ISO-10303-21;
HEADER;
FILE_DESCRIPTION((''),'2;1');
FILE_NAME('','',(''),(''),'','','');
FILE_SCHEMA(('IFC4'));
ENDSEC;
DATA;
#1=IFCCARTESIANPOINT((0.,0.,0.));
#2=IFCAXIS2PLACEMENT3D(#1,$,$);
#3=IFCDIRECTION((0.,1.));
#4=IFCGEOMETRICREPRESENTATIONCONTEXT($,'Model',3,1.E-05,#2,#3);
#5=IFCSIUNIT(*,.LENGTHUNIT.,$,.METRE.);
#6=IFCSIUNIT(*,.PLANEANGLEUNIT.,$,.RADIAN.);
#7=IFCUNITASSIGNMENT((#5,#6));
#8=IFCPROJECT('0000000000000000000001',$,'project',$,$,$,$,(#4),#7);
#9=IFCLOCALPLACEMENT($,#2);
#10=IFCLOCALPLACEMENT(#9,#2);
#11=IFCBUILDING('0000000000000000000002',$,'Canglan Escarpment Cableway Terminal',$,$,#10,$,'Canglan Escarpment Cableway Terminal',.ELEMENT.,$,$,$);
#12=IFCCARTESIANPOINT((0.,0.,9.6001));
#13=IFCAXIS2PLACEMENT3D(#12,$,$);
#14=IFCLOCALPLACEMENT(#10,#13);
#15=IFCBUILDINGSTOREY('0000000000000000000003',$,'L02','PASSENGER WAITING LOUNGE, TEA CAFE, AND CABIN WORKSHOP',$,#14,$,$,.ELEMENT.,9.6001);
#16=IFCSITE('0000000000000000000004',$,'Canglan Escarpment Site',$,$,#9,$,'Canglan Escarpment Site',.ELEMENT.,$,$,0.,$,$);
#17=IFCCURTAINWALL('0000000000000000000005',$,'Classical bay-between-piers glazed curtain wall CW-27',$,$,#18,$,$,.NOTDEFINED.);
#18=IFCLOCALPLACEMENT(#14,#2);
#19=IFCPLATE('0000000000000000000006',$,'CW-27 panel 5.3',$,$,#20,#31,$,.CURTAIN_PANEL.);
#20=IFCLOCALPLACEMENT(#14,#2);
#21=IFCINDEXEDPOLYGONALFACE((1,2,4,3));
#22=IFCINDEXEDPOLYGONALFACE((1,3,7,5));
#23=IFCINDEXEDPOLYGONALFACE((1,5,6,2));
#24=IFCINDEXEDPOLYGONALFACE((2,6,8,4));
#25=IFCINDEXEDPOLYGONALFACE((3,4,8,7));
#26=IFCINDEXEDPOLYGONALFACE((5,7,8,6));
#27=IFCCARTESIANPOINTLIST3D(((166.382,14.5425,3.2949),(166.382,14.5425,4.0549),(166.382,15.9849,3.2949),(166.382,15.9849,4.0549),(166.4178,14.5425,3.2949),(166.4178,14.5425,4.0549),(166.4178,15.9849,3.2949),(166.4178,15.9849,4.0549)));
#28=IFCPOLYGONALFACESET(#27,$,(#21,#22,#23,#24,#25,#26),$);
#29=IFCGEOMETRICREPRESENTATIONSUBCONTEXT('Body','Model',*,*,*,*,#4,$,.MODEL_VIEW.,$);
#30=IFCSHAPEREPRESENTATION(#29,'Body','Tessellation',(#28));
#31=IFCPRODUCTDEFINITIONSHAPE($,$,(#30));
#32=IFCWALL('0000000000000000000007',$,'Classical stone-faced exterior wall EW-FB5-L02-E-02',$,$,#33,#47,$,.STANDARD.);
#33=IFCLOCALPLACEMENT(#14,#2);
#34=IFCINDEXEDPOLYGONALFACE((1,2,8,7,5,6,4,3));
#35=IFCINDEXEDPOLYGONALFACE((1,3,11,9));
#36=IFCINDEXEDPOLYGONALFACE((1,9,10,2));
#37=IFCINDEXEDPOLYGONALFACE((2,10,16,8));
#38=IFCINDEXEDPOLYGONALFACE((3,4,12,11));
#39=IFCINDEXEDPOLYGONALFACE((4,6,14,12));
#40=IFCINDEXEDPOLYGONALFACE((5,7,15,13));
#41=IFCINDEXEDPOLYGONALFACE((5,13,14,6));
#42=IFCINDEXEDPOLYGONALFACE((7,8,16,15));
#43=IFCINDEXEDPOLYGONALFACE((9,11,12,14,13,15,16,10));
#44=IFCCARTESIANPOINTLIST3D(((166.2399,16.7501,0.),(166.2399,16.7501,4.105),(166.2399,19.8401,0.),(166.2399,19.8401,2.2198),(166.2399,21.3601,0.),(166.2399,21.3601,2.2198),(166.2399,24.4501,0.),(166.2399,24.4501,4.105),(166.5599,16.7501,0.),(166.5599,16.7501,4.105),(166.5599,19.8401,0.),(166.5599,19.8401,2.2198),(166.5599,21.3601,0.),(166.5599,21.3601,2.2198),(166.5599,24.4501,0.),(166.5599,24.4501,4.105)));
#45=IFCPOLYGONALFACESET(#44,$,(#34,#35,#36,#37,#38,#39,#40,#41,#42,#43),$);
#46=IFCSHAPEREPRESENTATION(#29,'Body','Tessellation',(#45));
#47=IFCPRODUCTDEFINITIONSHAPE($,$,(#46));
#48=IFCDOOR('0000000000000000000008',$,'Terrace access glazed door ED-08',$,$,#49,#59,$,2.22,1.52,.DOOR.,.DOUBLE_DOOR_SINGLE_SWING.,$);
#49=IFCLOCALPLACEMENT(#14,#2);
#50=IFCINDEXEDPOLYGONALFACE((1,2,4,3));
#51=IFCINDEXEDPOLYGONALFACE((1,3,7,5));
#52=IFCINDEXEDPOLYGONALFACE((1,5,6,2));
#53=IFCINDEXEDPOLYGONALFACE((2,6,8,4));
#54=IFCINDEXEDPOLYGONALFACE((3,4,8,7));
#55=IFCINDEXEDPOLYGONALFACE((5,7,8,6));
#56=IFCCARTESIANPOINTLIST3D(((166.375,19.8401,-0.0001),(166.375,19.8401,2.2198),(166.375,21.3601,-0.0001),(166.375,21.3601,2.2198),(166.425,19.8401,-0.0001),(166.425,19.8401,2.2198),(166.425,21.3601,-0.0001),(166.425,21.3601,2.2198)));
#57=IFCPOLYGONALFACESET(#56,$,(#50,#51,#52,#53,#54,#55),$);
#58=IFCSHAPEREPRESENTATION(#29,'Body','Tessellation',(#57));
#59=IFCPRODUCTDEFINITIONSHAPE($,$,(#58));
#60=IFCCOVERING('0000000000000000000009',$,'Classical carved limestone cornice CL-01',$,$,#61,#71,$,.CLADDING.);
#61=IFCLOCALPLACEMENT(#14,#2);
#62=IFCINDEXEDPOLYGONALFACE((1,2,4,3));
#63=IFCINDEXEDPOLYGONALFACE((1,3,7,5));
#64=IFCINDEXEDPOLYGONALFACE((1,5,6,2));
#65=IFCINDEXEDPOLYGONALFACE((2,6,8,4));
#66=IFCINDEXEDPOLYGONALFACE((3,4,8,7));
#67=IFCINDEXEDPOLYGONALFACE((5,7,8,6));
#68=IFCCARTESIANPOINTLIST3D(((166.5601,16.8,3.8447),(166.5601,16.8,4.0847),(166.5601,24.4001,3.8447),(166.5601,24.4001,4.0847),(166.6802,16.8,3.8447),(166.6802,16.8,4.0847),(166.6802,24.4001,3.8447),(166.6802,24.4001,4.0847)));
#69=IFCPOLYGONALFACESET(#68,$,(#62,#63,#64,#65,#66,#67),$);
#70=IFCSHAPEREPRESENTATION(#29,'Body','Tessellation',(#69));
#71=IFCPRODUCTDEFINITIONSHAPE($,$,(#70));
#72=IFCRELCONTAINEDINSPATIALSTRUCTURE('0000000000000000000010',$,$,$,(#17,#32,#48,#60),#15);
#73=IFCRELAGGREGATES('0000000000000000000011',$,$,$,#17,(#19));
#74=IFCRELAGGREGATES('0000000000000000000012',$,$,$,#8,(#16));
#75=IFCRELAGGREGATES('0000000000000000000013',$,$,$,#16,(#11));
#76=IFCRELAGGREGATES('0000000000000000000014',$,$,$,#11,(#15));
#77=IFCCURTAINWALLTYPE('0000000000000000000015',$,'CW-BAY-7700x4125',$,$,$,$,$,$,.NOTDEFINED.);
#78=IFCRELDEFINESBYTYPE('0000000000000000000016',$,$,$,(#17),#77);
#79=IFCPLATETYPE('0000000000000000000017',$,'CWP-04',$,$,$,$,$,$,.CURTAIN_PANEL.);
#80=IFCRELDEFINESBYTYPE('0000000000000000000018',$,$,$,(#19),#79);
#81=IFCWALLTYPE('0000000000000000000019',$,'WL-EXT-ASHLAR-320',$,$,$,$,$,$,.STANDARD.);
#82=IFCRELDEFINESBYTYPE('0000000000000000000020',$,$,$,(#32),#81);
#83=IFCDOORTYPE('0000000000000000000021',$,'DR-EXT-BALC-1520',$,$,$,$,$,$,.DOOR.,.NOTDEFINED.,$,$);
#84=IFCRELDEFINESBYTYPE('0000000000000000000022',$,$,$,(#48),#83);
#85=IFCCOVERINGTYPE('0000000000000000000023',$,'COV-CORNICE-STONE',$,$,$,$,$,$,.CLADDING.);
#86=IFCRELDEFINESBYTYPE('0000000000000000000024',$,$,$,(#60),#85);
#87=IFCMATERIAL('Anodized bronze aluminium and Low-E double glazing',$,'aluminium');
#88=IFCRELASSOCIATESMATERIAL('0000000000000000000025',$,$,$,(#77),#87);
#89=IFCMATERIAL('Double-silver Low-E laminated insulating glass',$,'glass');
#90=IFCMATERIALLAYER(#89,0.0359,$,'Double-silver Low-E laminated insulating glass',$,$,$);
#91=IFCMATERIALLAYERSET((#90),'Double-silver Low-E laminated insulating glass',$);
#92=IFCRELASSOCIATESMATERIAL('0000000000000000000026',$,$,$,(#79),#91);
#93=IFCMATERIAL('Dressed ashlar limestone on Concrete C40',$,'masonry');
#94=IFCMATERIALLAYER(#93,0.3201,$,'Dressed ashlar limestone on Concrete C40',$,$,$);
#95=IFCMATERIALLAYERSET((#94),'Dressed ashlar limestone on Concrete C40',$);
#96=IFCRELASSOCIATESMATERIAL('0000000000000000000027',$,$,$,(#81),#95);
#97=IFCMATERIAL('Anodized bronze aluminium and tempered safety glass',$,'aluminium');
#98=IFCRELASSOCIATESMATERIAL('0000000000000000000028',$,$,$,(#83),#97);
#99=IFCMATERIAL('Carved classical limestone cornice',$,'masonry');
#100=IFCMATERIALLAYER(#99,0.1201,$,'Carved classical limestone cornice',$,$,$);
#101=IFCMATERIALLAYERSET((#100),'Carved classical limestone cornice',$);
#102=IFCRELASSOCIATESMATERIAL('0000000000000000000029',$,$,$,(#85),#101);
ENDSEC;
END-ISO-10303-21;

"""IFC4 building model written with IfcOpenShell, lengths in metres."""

from ifc_helpers import new_model, si_unit, direction, frame, frame_2d, origin, origin_2d, place, context, subcontext, project, spatial, rectangle, extrude, material, layer, layer_set, type_object, element, fill, aggregate, save


model = new_model("IFC4")

# Units and contexts
model_context = context("Model", 3, precision=1e-05, world=origin(), true_north=direction((0.0, 1.0)))
body_context = subcontext(model_context, "Body", "Model", "MODEL_VIEW")
ifc_project = project(units=[si_unit("LENGTHUNIT", "METRE"), si_unit("PLANEANGLEUNIT", "RADIAN")], contexts=[model_context])

# Site, building, storey
site_placement = place(None, origin())
site = spatial("IfcSite", under=ifc_project, at=site_placement, Name="Canglan Escarpment Site", LongName="Canglan Escarpment Site", CompositionType="ELEMENT", RefElevation=0.0)
building_placement = place(site_placement, origin())
building = spatial("IfcBuilding", under=site, at=building_placement, Name="Canglan Escarpment Cableway Terminal", LongName="Canglan Escarpment Cableway Terminal", CompositionType="ELEMENT")
storey_placement = place(building_placement, frame((0.0, 0.0, 9.6001)))
storey = spatial("IfcBuildingStorey", under=building, at=storey_placement, Name="L02", Description="PASSENGER WAITING LOUNGE, TEA CAFE, AND CABIN WORKSHOP", CompositionType="ELEMENT", Elevation=9.6001)

# Shared definitions
ifc_material_1 = material(Name="Anodized bronze aluminium and Low-E double glazing", Category="aluminium")

# Curtain wall
curtain_wall_type_1 = type_object("IfcCurtainWallType", Name="CW-BAY-7700x4125", PredefinedType="NOTDEFINED", material=ifc_material_1)
curtain_wall_1_placement = place(storey_placement, origin())
curtain_wall_1 = element("IfcCurtainWall", 1, at=curtain_wall_1_placement, inside=storey, type_object=curtain_wall_type_1, Name="Classical bay-between-piers glazed curtain wall CW-27", PredefinedType="NOTDEFINED")

# Plate
ifc_material_2 = material(Name="Double-silver Low-E laminated insulating glass", Category="glass")
ifc_layer_1 = layer(ifc_material_2, 0.0359, Name="Double-silver Low-E laminated insulating glass")
ifc_layer_set_1 = layer_set([ifc_layer_1], Name="Double-silver Low-E laminated insulating glass")
plate_type = type_object("IfcPlateType", Name="CWP-04", PredefinedType="CURTAIN_PANEL", material=ifc_layer_set_1)
plate_1_placement = place(storey_placement, frame((166.3999, 15.2637, 3.2949), z_axis=(0.0, 0.0, 1.0), x_axis=(0.0, 1.0, 0.0)))
plate_1 = element("IfcPlate", 2, at=plate_1_placement, type_object=plate_type, Name="CW-27 panel 5.3", PredefinedType="CURTAIN_PANEL", context=body_context, shape_type="SweptSolid", body=[
    extrude(rectangle(XDim=1.4424, YDim=0.0359, at=origin_2d()), origin(), (0.0, 0.0, 1.0), 0.76),
])
aggregate(curtain_wall_1, [plate_1])

# Wall, opening, door
ifc_material_3 = material(Name="Dressed ashlar limestone on Concrete C40", Category="masonry")
ifc_layer_2 = layer(ifc_material_3, 0.3201, Name="Dressed ashlar limestone on Concrete C40")
ifc_layer_set_2 = layer_set([ifc_layer_2], Name="Dressed ashlar limestone on Concrete C40")
wall_type = type_object("IfcWallType", Name="WL-EXT-ASHLAR-320", PredefinedType="STANDARD", material=ifc_layer_set_2)
wall_placement = place(storey_placement, frame((166.3999, 16.75, 0.0), z_axis=(0.0, 0.0, 1.0), x_axis=(0.0, 1.0, 0.0)))
wall = element("IfcWall", 3, at=wall_placement, inside=storey, type_object=wall_type, Name="Classical stone-faced exterior wall EW-FB5-L02-E-02", PredefinedType="STANDARD", context=body_context, shape_type="SweptSolid", body=[
    extrude(rectangle(XDim=7.7, YDim=0.3201, at=frame_2d((3.8501, 0.0))), origin(), (0.0, 0.0, 1.0), 4.105),
])
opening_placement = place(wall_placement, frame((3.0901, 0.0, 0.0)))
opening = element("IfcOpeningElement", 4, at=opening_placement, cuts=wall, PredefinedType="OPENING", context=body_context, shape_type="SweptSolid", body=[
    extrude(rectangle(XDim=1.52, YDim=2.22, at=frame_2d((0.76, 1.1099))), frame((0.0, 0.1699, 0.0), z_axis=(0.0, -1.0, 0.0), x_axis=(1.0, 0.0, 0.0)), (0.0, 0.0, 1.0), 0.3401),
])
ifc_material_4 = material(Name="Anodized bronze aluminium and tempered safety glass", Category="aluminium")
door_type = type_object("IfcDoorType", Name="DR-EXT-BALC-1520", OperationType="NOTDEFINED", PredefinedType="DOOR", material=ifc_material_4)
door_placement = place(opening_placement, origin())
door = element("IfcDoor", 5, at=door_placement, inside=storey, type_object=door_type, Name="Terrace access glazed door ED-08", OperationType="DOUBLE_DOOR_SINGLE_SWING", OverallHeight=2.22, OverallWidth=1.52, PredefinedType="DOOR", context=body_context, shape_type="SweptSolid", body=[
    extrude(rectangle(XDim=1.52, YDim=2.22, at=frame_2d((0.76, 1.1099))), frame((0.0, 0.0249, 0.0), z_axis=(0.0, -1.0, 0.0), x_axis=(1.0, 0.0, 0.0)), (0.0, 0.0, 1.0), 0.05),
])
fill(opening, door)

# Covering
ifc_material_5 = material(Name="Carved classical limestone cornice", Category="masonry")
ifc_layer_3 = layer(ifc_material_5, 0.1201, Name="Carved classical limestone cornice")
ifc_layer_set_3 = layer_set([ifc_layer_3], Name="Carved classical limestone cornice")
covering_type = type_object("IfcCoveringType", Name="COV-CORNICE-STONE", PredefinedType="CLADDING", material=ifc_layer_set_3)
covering_placement = place(storey_placement, frame((166.6201, 20.6001, 3.8447), z_axis=(0.0, 0.0, 1.0), x_axis=(0.0, 1.0, 0.0)))
element("IfcCovering", 6, at=covering_placement, inside=storey, type_object=covering_type, Name="Classical carved limestone cornice CL-01", PredefinedType="CLADDING", context=body_context, shape_type="SweptSolid", body=[
    extrude(rectangle(XDim=7.6001, YDim=0.1201, at=origin_2d()), origin(), (0.0, 0.0, 1.0), 0.24),
])

save(model, "model.ifc")
